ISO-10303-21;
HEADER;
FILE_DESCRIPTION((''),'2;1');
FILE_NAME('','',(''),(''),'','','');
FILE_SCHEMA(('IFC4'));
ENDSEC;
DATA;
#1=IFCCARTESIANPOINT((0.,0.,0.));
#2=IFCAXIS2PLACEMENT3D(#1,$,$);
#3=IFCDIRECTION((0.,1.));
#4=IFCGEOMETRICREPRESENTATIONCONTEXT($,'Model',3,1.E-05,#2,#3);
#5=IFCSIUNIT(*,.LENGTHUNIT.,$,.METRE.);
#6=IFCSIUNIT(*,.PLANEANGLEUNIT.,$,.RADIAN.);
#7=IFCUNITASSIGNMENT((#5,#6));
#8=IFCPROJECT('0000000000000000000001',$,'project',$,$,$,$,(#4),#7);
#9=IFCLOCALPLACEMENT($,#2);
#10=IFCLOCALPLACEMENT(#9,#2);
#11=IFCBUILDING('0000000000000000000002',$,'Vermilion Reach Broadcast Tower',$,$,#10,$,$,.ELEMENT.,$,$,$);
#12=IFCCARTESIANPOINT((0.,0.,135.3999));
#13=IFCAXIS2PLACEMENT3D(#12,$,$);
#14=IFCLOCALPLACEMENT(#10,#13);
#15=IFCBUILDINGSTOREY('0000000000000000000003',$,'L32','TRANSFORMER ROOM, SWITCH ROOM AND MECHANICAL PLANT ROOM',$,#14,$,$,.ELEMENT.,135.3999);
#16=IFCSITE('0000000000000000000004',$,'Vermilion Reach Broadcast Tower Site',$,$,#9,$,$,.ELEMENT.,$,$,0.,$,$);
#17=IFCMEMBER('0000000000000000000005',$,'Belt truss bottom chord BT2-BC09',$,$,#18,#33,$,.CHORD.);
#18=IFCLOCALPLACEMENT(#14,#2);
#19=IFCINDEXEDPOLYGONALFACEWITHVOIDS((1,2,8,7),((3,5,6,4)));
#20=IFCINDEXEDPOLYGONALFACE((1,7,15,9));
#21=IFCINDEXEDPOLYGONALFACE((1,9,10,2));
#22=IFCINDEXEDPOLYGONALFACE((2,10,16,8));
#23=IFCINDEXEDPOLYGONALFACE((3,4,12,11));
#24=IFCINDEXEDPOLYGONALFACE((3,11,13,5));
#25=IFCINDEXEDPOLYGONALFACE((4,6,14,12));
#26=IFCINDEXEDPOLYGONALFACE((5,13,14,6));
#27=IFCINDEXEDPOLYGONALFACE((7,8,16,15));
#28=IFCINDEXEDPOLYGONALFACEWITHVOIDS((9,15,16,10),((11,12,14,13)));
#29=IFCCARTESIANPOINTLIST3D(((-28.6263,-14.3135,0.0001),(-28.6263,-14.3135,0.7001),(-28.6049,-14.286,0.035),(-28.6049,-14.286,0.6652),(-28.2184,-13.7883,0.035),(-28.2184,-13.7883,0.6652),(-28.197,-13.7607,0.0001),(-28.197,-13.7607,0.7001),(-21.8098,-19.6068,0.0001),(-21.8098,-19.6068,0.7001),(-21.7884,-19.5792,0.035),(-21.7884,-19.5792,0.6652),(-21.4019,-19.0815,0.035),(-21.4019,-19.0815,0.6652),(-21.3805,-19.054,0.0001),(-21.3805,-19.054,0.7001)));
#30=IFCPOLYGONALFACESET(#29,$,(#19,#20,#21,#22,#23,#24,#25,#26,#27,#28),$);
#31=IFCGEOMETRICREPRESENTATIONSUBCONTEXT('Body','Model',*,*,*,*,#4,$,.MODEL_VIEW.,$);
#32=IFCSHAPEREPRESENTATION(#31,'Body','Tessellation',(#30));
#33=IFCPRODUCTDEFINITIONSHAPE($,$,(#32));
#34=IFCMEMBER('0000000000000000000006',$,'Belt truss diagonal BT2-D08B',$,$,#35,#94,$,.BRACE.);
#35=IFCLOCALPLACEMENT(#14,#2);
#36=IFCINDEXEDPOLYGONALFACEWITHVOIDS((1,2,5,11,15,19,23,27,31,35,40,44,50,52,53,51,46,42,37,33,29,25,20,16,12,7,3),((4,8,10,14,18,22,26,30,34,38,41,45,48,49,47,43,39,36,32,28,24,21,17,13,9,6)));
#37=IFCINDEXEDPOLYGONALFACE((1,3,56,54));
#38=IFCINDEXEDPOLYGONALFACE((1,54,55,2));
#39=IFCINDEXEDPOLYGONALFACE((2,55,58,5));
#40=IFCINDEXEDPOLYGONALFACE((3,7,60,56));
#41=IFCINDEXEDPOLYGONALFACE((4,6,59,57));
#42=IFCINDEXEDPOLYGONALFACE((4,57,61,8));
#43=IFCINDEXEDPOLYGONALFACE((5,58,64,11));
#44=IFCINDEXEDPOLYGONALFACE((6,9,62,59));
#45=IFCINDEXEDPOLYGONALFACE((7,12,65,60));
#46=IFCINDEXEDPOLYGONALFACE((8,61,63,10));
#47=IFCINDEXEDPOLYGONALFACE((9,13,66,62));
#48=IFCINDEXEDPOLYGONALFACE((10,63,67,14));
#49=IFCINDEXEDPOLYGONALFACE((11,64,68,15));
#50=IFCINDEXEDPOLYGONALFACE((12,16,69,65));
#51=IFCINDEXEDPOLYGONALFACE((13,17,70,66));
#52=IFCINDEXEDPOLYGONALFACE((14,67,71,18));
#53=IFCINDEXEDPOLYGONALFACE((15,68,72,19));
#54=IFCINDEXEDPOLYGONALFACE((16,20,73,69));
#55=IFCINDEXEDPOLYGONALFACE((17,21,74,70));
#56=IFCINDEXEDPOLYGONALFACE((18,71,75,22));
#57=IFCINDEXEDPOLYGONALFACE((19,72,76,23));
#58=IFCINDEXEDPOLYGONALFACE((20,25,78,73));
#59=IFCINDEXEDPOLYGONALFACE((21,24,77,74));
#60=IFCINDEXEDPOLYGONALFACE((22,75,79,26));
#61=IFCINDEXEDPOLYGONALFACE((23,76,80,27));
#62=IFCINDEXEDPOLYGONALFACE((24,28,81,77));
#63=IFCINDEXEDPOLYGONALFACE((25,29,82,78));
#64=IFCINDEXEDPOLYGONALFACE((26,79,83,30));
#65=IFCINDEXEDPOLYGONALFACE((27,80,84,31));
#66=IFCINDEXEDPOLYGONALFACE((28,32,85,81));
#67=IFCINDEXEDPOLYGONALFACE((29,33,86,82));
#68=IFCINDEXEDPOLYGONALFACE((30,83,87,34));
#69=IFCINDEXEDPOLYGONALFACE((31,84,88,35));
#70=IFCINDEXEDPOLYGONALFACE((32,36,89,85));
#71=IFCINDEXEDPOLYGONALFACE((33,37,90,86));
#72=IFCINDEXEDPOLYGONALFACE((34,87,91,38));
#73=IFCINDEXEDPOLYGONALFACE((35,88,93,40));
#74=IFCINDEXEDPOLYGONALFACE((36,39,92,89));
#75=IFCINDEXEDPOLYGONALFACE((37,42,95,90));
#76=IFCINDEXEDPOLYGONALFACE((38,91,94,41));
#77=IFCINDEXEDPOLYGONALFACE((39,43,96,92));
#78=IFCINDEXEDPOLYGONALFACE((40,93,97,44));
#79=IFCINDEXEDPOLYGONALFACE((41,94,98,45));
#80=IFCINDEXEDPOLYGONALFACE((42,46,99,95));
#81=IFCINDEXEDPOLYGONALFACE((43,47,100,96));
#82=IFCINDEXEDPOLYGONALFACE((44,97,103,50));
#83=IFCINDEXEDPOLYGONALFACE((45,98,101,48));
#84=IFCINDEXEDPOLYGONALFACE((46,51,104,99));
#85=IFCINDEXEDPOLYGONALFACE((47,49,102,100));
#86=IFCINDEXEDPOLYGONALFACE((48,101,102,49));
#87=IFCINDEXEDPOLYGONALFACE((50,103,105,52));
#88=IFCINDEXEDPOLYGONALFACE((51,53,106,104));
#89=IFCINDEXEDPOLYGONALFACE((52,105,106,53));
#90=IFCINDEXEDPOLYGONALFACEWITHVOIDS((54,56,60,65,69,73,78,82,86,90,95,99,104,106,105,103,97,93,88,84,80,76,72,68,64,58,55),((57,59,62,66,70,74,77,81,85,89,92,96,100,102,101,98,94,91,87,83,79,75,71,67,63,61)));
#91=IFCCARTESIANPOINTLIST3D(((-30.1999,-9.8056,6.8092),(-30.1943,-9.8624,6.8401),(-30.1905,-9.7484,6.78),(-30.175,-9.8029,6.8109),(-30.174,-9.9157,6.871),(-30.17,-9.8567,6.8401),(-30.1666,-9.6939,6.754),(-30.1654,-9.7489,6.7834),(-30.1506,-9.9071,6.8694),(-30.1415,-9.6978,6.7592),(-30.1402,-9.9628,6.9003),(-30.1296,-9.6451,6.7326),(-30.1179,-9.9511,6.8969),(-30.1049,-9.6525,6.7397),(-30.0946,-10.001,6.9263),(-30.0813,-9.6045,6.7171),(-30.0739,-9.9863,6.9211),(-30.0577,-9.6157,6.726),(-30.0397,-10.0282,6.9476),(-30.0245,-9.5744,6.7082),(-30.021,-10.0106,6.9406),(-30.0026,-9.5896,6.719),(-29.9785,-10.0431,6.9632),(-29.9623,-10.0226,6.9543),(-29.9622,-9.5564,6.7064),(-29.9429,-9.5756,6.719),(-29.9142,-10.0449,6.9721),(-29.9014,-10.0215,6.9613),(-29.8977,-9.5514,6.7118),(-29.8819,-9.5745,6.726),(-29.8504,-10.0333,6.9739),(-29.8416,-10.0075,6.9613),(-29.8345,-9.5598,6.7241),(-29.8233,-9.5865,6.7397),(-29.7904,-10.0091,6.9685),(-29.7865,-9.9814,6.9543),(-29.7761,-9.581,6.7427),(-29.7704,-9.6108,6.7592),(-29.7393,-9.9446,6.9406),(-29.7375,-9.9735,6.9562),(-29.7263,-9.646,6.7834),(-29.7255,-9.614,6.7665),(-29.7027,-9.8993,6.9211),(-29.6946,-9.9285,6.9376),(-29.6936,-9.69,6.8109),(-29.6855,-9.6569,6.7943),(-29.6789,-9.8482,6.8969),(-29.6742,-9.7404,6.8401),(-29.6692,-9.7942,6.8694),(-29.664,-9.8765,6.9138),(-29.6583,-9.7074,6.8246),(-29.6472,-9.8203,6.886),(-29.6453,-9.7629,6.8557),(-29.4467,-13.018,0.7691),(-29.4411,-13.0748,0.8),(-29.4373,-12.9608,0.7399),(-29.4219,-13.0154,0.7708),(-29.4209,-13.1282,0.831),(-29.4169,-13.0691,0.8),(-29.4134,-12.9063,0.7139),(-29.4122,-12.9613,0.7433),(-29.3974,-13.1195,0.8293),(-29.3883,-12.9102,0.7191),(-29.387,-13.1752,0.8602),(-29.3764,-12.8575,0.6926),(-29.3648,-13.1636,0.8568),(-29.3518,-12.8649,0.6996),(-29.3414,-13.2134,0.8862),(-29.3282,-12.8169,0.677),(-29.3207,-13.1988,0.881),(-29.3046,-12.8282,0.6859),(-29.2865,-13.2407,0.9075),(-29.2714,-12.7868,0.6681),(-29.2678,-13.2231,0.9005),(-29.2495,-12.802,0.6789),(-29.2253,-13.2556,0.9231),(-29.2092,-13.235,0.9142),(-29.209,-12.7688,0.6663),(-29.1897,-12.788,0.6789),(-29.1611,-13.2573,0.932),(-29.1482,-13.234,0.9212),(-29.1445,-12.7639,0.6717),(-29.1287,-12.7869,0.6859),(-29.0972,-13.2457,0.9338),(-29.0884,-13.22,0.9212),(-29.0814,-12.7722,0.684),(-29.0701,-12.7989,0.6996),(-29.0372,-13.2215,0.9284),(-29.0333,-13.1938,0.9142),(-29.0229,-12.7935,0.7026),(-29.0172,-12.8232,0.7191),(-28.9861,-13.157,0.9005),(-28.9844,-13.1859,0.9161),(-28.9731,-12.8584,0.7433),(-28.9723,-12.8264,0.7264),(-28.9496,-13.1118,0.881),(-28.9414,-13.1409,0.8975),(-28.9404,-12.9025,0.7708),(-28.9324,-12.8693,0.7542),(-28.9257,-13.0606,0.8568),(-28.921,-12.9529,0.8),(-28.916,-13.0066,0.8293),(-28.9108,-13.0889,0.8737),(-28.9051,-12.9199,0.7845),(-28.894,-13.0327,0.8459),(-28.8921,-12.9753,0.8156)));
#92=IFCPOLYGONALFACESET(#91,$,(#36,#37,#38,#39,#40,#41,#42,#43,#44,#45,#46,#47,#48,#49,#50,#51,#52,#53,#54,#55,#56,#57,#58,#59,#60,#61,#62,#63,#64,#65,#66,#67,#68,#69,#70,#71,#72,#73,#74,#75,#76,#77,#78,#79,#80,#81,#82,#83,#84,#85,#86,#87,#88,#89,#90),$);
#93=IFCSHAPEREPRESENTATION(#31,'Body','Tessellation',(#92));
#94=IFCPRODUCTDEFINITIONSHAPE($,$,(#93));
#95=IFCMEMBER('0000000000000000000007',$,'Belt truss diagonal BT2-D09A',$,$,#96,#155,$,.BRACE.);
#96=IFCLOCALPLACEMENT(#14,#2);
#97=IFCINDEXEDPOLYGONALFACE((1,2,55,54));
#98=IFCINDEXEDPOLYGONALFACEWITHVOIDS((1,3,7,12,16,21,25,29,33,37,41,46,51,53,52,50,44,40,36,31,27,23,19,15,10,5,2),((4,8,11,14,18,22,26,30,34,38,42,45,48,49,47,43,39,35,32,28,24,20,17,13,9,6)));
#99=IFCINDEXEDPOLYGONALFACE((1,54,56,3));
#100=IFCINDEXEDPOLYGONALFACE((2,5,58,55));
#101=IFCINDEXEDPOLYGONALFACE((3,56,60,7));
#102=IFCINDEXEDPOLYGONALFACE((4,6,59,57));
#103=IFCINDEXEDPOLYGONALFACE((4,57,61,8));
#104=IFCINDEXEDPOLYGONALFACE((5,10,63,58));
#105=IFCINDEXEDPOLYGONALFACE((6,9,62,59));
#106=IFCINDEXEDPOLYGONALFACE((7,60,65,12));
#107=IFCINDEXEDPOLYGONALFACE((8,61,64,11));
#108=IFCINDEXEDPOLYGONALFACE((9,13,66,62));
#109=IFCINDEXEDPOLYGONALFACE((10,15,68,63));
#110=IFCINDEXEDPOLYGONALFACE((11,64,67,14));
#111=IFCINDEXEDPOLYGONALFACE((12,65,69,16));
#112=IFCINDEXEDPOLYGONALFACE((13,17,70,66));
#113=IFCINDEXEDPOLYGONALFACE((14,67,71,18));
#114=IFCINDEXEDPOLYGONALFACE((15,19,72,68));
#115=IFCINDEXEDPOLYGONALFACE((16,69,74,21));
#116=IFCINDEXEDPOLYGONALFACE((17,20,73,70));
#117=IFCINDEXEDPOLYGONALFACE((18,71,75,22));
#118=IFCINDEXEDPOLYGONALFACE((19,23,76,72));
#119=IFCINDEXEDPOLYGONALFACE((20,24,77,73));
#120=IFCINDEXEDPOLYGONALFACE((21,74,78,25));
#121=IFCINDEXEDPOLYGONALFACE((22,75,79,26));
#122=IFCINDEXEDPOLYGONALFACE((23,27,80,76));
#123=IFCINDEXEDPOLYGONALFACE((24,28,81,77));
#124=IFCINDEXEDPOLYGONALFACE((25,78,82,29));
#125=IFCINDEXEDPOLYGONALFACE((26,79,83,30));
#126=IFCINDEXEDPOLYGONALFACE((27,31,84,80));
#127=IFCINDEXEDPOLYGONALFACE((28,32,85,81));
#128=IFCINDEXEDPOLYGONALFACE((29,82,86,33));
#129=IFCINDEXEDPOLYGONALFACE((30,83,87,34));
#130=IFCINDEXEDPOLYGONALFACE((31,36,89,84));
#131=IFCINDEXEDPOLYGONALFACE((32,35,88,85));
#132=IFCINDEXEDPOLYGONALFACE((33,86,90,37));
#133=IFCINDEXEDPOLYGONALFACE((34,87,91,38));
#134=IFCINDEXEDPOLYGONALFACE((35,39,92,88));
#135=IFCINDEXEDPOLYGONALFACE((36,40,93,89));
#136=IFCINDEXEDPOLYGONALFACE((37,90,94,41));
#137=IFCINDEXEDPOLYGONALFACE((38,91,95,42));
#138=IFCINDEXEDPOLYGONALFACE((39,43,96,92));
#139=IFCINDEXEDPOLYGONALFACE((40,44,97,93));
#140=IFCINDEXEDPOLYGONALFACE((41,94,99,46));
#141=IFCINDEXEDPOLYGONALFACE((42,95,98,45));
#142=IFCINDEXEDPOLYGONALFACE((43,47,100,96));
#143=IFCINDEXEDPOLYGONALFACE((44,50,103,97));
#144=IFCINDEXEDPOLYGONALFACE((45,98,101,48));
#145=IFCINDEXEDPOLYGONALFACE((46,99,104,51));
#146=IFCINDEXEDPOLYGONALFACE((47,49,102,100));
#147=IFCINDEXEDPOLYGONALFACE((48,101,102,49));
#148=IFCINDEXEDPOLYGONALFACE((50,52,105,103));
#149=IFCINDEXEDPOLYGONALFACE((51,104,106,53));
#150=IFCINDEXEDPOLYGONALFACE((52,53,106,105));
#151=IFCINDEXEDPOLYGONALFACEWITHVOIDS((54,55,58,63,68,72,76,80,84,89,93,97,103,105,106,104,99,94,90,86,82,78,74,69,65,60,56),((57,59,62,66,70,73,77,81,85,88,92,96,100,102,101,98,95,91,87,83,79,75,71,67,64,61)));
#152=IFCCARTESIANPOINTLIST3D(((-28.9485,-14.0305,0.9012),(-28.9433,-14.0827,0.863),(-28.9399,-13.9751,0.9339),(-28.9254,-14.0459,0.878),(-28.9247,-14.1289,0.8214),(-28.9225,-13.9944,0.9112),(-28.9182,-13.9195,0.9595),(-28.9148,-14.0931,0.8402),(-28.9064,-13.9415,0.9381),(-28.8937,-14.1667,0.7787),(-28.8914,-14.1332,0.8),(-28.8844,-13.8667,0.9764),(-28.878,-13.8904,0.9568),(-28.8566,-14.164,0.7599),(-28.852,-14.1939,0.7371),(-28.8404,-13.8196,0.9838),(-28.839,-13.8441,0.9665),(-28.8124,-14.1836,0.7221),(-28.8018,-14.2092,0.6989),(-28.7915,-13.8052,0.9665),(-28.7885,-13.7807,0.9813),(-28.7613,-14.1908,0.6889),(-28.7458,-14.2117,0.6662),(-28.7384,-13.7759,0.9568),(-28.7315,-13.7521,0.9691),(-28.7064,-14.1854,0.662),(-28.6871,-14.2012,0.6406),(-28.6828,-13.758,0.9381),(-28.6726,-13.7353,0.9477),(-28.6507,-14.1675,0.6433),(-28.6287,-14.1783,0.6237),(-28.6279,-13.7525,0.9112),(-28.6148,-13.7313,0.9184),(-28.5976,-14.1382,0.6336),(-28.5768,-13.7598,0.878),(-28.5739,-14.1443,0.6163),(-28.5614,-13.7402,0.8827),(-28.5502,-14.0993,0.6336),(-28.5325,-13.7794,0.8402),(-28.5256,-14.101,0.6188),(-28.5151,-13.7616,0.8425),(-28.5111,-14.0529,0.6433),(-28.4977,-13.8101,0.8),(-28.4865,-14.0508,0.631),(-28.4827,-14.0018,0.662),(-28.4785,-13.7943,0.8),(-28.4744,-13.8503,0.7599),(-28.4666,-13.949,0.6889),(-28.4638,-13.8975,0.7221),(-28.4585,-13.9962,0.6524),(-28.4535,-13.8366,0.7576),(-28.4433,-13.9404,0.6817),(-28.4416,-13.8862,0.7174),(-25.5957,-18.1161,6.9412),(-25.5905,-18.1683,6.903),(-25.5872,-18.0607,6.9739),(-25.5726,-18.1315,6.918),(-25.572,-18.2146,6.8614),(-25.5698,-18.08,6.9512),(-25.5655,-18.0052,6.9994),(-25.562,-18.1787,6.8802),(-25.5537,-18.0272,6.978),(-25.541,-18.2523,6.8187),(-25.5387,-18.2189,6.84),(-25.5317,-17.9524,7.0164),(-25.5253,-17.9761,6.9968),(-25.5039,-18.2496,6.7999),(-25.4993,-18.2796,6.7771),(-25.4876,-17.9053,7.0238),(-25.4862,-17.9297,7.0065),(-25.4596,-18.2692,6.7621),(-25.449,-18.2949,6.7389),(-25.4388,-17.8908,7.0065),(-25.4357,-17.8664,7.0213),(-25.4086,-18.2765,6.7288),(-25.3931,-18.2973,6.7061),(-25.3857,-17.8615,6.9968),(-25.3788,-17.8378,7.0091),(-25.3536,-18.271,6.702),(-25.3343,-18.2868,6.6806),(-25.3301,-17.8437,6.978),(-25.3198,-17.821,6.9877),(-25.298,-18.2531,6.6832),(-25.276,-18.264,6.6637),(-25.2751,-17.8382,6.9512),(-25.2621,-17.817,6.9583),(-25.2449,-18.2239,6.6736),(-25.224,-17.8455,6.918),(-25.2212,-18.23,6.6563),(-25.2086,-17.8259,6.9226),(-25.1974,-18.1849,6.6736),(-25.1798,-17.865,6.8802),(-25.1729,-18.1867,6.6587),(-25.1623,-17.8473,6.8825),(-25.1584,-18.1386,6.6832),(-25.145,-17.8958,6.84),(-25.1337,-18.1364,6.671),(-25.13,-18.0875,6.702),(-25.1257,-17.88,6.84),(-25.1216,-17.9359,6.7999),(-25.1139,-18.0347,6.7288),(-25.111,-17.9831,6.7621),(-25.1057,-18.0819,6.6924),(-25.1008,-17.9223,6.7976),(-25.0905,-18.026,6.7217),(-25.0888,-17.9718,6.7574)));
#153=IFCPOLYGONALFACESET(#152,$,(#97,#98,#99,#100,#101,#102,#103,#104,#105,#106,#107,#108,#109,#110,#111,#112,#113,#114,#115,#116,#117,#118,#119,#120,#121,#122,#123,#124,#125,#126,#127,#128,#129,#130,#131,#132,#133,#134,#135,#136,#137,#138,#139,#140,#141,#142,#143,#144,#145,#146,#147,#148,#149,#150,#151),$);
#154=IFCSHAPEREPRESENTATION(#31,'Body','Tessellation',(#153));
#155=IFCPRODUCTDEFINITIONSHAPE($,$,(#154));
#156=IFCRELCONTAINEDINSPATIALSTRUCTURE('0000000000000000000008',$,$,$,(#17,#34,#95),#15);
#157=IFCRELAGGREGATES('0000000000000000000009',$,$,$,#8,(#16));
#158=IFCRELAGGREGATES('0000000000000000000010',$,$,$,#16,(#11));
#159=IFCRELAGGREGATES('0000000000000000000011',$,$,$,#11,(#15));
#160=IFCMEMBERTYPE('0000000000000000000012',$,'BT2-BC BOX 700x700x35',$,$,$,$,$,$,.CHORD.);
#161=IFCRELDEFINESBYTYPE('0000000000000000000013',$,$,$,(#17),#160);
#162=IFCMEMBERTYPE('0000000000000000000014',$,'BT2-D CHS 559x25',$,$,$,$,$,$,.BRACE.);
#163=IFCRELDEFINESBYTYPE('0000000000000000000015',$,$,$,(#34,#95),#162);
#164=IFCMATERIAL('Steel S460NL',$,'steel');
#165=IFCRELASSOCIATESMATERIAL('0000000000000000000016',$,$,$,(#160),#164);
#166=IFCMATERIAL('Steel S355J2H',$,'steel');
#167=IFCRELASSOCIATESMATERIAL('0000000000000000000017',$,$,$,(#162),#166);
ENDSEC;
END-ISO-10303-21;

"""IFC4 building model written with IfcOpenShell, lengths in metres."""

from ifc_helpers import new_model, si_unit, direction, frame, origin, origin_2d, place, context, subcontext, project, spatial, hollow_rectangle, hollow_circle, extrude, material, material_profile, profile_set, type_object, element, save


model = new_model("IFC4")

# Units and contexts
model_context = context("Model", 3, precision=1e-05, world=origin(), true_north=direction((0.0, 1.0)))
body_context = subcontext(model_context, "Body", "Model", "MODEL_VIEW")
ifc_project = project(units=[si_unit("LENGTHUNIT", "METRE"), si_unit("PLANEANGLEUNIT", "RADIAN")], contexts=[model_context])

# Site, building, storey
site_placement = place(None, origin())
site = spatial("IfcSite", under=ifc_project, at=site_placement, Name="Vermilion Reach Broadcast Tower Site", CompositionType="ELEMENT", RefElevation=0.0)
building_placement = place(site_placement, origin())
building = spatial("IfcBuilding", under=site, at=building_placement, Name="Vermilion Reach Broadcast Tower", CompositionType="ELEMENT")
storey_placement = place(building_placement, frame((0.0, 0.0, 135.3999)))
storey = spatial("IfcBuildingStorey", under=building, at=storey_placement, Name="L32", Description="TRANSFORMER ROOM, SWITCH ROOM AND MECHANICAL PLANT ROOM", CompositionType="ELEMENT", Elevation=135.3999)

# Members
ifc_material_1 = material(Name="Steel S460NL", Category="steel")
ifc_material_profile_1 = material_profile(ifc_material_1, hollow_rectangle(XDim=0.7, YDim=0.7, WallThickness=0.0349, at=origin_2d()), Name="S460NL BOX 700x700x35")
ifc_profile_set_1 = profile_set([ifc_material_profile_1], Name="Steel S460NL")
member_type_1 = type_object("IfcMemberType", Name="BT2-BC BOX 700x700x35", PredefinedType="CHORD", material=ifc_profile_set_1)
member_1_placement = place(storey_placement, frame((-28.4116, -14.0371, 0.3501), z_axis=(0.789826, -0.613331, 0.0), x_axis=(0.613331, 0.789826, 0.0)))
element("IfcMember", 1, at=member_1_placement, inside=storey, type_object=member_type_1, Name="Belt truss bottom chord BT2-BC09", PredefinedType="CHORD", context=body_context, shape_type="SweptSolid", body=[
    extrude(hollow_rectangle(XDim=0.7, YDim=0.7, WallThickness=0.0349, at=origin_2d()), origin(), (0.0, 0.0, 1.0), 8.6304),
])
ifc_material_2 = material(Name="Steel S355J2H", Category="steel")
ifc_material_profile_2 = material_profile(ifc_material_2, hollow_circle(Radius=0.2795, WallThickness=0.0249, at=origin_2d()), Name="S355J2H CHS 559x25")
ifc_profile_set_2 = profile_set([ifc_material_profile_2], Name="Steel S355J2H")
member_type_2 = type_object("IfcMemberType", Name="BT2-D CHS 559x25", PredefinedType="BRACE", material=ifc_profile_set_2)
member_2_placement = place(storey_placement, frame((-29.1689, -13.011, 0.8), z_axis=(-0.109433, 0.466749, 0.877593), x_axis=(-0.973598, -0.228268, 0.0)))
element("IfcMember", 2, at=member_2_placement, inside=storey, type_object=member_type_2, Name="Belt truss diagonal BT2-D08B", PredefinedType="BRACE", context=body_context, shape_type="SweptSolid", body=[
    extrude(hollow_circle(Radius=0.2795, WallThickness=0.0249, at=origin_2d()), origin(), (0.0, 0.0, 1.0), 6.8826),
])
member_3_placement = place(storey_placement, frame((-28.6946, -13.9717, 0.8), z_axis=(0.417742, -0.509059, 0.752562), x_axis=(0.773034, 0.634364, 0.0)))
element("IfcMember", 3, at=member_3_placement, inside=storey, type_object=member_type_2, Name="Belt truss diagonal BT2-D09A", PredefinedType="BRACE", context=body_context, shape_type="SweptSolid", body=[
    extrude(hollow_circle(Radius=0.2795, WallThickness=0.0249, at=origin_2d()), origin(), (0.0, 0.0, 1.0), 8.0259),
])

save(model, "model.ifc")
